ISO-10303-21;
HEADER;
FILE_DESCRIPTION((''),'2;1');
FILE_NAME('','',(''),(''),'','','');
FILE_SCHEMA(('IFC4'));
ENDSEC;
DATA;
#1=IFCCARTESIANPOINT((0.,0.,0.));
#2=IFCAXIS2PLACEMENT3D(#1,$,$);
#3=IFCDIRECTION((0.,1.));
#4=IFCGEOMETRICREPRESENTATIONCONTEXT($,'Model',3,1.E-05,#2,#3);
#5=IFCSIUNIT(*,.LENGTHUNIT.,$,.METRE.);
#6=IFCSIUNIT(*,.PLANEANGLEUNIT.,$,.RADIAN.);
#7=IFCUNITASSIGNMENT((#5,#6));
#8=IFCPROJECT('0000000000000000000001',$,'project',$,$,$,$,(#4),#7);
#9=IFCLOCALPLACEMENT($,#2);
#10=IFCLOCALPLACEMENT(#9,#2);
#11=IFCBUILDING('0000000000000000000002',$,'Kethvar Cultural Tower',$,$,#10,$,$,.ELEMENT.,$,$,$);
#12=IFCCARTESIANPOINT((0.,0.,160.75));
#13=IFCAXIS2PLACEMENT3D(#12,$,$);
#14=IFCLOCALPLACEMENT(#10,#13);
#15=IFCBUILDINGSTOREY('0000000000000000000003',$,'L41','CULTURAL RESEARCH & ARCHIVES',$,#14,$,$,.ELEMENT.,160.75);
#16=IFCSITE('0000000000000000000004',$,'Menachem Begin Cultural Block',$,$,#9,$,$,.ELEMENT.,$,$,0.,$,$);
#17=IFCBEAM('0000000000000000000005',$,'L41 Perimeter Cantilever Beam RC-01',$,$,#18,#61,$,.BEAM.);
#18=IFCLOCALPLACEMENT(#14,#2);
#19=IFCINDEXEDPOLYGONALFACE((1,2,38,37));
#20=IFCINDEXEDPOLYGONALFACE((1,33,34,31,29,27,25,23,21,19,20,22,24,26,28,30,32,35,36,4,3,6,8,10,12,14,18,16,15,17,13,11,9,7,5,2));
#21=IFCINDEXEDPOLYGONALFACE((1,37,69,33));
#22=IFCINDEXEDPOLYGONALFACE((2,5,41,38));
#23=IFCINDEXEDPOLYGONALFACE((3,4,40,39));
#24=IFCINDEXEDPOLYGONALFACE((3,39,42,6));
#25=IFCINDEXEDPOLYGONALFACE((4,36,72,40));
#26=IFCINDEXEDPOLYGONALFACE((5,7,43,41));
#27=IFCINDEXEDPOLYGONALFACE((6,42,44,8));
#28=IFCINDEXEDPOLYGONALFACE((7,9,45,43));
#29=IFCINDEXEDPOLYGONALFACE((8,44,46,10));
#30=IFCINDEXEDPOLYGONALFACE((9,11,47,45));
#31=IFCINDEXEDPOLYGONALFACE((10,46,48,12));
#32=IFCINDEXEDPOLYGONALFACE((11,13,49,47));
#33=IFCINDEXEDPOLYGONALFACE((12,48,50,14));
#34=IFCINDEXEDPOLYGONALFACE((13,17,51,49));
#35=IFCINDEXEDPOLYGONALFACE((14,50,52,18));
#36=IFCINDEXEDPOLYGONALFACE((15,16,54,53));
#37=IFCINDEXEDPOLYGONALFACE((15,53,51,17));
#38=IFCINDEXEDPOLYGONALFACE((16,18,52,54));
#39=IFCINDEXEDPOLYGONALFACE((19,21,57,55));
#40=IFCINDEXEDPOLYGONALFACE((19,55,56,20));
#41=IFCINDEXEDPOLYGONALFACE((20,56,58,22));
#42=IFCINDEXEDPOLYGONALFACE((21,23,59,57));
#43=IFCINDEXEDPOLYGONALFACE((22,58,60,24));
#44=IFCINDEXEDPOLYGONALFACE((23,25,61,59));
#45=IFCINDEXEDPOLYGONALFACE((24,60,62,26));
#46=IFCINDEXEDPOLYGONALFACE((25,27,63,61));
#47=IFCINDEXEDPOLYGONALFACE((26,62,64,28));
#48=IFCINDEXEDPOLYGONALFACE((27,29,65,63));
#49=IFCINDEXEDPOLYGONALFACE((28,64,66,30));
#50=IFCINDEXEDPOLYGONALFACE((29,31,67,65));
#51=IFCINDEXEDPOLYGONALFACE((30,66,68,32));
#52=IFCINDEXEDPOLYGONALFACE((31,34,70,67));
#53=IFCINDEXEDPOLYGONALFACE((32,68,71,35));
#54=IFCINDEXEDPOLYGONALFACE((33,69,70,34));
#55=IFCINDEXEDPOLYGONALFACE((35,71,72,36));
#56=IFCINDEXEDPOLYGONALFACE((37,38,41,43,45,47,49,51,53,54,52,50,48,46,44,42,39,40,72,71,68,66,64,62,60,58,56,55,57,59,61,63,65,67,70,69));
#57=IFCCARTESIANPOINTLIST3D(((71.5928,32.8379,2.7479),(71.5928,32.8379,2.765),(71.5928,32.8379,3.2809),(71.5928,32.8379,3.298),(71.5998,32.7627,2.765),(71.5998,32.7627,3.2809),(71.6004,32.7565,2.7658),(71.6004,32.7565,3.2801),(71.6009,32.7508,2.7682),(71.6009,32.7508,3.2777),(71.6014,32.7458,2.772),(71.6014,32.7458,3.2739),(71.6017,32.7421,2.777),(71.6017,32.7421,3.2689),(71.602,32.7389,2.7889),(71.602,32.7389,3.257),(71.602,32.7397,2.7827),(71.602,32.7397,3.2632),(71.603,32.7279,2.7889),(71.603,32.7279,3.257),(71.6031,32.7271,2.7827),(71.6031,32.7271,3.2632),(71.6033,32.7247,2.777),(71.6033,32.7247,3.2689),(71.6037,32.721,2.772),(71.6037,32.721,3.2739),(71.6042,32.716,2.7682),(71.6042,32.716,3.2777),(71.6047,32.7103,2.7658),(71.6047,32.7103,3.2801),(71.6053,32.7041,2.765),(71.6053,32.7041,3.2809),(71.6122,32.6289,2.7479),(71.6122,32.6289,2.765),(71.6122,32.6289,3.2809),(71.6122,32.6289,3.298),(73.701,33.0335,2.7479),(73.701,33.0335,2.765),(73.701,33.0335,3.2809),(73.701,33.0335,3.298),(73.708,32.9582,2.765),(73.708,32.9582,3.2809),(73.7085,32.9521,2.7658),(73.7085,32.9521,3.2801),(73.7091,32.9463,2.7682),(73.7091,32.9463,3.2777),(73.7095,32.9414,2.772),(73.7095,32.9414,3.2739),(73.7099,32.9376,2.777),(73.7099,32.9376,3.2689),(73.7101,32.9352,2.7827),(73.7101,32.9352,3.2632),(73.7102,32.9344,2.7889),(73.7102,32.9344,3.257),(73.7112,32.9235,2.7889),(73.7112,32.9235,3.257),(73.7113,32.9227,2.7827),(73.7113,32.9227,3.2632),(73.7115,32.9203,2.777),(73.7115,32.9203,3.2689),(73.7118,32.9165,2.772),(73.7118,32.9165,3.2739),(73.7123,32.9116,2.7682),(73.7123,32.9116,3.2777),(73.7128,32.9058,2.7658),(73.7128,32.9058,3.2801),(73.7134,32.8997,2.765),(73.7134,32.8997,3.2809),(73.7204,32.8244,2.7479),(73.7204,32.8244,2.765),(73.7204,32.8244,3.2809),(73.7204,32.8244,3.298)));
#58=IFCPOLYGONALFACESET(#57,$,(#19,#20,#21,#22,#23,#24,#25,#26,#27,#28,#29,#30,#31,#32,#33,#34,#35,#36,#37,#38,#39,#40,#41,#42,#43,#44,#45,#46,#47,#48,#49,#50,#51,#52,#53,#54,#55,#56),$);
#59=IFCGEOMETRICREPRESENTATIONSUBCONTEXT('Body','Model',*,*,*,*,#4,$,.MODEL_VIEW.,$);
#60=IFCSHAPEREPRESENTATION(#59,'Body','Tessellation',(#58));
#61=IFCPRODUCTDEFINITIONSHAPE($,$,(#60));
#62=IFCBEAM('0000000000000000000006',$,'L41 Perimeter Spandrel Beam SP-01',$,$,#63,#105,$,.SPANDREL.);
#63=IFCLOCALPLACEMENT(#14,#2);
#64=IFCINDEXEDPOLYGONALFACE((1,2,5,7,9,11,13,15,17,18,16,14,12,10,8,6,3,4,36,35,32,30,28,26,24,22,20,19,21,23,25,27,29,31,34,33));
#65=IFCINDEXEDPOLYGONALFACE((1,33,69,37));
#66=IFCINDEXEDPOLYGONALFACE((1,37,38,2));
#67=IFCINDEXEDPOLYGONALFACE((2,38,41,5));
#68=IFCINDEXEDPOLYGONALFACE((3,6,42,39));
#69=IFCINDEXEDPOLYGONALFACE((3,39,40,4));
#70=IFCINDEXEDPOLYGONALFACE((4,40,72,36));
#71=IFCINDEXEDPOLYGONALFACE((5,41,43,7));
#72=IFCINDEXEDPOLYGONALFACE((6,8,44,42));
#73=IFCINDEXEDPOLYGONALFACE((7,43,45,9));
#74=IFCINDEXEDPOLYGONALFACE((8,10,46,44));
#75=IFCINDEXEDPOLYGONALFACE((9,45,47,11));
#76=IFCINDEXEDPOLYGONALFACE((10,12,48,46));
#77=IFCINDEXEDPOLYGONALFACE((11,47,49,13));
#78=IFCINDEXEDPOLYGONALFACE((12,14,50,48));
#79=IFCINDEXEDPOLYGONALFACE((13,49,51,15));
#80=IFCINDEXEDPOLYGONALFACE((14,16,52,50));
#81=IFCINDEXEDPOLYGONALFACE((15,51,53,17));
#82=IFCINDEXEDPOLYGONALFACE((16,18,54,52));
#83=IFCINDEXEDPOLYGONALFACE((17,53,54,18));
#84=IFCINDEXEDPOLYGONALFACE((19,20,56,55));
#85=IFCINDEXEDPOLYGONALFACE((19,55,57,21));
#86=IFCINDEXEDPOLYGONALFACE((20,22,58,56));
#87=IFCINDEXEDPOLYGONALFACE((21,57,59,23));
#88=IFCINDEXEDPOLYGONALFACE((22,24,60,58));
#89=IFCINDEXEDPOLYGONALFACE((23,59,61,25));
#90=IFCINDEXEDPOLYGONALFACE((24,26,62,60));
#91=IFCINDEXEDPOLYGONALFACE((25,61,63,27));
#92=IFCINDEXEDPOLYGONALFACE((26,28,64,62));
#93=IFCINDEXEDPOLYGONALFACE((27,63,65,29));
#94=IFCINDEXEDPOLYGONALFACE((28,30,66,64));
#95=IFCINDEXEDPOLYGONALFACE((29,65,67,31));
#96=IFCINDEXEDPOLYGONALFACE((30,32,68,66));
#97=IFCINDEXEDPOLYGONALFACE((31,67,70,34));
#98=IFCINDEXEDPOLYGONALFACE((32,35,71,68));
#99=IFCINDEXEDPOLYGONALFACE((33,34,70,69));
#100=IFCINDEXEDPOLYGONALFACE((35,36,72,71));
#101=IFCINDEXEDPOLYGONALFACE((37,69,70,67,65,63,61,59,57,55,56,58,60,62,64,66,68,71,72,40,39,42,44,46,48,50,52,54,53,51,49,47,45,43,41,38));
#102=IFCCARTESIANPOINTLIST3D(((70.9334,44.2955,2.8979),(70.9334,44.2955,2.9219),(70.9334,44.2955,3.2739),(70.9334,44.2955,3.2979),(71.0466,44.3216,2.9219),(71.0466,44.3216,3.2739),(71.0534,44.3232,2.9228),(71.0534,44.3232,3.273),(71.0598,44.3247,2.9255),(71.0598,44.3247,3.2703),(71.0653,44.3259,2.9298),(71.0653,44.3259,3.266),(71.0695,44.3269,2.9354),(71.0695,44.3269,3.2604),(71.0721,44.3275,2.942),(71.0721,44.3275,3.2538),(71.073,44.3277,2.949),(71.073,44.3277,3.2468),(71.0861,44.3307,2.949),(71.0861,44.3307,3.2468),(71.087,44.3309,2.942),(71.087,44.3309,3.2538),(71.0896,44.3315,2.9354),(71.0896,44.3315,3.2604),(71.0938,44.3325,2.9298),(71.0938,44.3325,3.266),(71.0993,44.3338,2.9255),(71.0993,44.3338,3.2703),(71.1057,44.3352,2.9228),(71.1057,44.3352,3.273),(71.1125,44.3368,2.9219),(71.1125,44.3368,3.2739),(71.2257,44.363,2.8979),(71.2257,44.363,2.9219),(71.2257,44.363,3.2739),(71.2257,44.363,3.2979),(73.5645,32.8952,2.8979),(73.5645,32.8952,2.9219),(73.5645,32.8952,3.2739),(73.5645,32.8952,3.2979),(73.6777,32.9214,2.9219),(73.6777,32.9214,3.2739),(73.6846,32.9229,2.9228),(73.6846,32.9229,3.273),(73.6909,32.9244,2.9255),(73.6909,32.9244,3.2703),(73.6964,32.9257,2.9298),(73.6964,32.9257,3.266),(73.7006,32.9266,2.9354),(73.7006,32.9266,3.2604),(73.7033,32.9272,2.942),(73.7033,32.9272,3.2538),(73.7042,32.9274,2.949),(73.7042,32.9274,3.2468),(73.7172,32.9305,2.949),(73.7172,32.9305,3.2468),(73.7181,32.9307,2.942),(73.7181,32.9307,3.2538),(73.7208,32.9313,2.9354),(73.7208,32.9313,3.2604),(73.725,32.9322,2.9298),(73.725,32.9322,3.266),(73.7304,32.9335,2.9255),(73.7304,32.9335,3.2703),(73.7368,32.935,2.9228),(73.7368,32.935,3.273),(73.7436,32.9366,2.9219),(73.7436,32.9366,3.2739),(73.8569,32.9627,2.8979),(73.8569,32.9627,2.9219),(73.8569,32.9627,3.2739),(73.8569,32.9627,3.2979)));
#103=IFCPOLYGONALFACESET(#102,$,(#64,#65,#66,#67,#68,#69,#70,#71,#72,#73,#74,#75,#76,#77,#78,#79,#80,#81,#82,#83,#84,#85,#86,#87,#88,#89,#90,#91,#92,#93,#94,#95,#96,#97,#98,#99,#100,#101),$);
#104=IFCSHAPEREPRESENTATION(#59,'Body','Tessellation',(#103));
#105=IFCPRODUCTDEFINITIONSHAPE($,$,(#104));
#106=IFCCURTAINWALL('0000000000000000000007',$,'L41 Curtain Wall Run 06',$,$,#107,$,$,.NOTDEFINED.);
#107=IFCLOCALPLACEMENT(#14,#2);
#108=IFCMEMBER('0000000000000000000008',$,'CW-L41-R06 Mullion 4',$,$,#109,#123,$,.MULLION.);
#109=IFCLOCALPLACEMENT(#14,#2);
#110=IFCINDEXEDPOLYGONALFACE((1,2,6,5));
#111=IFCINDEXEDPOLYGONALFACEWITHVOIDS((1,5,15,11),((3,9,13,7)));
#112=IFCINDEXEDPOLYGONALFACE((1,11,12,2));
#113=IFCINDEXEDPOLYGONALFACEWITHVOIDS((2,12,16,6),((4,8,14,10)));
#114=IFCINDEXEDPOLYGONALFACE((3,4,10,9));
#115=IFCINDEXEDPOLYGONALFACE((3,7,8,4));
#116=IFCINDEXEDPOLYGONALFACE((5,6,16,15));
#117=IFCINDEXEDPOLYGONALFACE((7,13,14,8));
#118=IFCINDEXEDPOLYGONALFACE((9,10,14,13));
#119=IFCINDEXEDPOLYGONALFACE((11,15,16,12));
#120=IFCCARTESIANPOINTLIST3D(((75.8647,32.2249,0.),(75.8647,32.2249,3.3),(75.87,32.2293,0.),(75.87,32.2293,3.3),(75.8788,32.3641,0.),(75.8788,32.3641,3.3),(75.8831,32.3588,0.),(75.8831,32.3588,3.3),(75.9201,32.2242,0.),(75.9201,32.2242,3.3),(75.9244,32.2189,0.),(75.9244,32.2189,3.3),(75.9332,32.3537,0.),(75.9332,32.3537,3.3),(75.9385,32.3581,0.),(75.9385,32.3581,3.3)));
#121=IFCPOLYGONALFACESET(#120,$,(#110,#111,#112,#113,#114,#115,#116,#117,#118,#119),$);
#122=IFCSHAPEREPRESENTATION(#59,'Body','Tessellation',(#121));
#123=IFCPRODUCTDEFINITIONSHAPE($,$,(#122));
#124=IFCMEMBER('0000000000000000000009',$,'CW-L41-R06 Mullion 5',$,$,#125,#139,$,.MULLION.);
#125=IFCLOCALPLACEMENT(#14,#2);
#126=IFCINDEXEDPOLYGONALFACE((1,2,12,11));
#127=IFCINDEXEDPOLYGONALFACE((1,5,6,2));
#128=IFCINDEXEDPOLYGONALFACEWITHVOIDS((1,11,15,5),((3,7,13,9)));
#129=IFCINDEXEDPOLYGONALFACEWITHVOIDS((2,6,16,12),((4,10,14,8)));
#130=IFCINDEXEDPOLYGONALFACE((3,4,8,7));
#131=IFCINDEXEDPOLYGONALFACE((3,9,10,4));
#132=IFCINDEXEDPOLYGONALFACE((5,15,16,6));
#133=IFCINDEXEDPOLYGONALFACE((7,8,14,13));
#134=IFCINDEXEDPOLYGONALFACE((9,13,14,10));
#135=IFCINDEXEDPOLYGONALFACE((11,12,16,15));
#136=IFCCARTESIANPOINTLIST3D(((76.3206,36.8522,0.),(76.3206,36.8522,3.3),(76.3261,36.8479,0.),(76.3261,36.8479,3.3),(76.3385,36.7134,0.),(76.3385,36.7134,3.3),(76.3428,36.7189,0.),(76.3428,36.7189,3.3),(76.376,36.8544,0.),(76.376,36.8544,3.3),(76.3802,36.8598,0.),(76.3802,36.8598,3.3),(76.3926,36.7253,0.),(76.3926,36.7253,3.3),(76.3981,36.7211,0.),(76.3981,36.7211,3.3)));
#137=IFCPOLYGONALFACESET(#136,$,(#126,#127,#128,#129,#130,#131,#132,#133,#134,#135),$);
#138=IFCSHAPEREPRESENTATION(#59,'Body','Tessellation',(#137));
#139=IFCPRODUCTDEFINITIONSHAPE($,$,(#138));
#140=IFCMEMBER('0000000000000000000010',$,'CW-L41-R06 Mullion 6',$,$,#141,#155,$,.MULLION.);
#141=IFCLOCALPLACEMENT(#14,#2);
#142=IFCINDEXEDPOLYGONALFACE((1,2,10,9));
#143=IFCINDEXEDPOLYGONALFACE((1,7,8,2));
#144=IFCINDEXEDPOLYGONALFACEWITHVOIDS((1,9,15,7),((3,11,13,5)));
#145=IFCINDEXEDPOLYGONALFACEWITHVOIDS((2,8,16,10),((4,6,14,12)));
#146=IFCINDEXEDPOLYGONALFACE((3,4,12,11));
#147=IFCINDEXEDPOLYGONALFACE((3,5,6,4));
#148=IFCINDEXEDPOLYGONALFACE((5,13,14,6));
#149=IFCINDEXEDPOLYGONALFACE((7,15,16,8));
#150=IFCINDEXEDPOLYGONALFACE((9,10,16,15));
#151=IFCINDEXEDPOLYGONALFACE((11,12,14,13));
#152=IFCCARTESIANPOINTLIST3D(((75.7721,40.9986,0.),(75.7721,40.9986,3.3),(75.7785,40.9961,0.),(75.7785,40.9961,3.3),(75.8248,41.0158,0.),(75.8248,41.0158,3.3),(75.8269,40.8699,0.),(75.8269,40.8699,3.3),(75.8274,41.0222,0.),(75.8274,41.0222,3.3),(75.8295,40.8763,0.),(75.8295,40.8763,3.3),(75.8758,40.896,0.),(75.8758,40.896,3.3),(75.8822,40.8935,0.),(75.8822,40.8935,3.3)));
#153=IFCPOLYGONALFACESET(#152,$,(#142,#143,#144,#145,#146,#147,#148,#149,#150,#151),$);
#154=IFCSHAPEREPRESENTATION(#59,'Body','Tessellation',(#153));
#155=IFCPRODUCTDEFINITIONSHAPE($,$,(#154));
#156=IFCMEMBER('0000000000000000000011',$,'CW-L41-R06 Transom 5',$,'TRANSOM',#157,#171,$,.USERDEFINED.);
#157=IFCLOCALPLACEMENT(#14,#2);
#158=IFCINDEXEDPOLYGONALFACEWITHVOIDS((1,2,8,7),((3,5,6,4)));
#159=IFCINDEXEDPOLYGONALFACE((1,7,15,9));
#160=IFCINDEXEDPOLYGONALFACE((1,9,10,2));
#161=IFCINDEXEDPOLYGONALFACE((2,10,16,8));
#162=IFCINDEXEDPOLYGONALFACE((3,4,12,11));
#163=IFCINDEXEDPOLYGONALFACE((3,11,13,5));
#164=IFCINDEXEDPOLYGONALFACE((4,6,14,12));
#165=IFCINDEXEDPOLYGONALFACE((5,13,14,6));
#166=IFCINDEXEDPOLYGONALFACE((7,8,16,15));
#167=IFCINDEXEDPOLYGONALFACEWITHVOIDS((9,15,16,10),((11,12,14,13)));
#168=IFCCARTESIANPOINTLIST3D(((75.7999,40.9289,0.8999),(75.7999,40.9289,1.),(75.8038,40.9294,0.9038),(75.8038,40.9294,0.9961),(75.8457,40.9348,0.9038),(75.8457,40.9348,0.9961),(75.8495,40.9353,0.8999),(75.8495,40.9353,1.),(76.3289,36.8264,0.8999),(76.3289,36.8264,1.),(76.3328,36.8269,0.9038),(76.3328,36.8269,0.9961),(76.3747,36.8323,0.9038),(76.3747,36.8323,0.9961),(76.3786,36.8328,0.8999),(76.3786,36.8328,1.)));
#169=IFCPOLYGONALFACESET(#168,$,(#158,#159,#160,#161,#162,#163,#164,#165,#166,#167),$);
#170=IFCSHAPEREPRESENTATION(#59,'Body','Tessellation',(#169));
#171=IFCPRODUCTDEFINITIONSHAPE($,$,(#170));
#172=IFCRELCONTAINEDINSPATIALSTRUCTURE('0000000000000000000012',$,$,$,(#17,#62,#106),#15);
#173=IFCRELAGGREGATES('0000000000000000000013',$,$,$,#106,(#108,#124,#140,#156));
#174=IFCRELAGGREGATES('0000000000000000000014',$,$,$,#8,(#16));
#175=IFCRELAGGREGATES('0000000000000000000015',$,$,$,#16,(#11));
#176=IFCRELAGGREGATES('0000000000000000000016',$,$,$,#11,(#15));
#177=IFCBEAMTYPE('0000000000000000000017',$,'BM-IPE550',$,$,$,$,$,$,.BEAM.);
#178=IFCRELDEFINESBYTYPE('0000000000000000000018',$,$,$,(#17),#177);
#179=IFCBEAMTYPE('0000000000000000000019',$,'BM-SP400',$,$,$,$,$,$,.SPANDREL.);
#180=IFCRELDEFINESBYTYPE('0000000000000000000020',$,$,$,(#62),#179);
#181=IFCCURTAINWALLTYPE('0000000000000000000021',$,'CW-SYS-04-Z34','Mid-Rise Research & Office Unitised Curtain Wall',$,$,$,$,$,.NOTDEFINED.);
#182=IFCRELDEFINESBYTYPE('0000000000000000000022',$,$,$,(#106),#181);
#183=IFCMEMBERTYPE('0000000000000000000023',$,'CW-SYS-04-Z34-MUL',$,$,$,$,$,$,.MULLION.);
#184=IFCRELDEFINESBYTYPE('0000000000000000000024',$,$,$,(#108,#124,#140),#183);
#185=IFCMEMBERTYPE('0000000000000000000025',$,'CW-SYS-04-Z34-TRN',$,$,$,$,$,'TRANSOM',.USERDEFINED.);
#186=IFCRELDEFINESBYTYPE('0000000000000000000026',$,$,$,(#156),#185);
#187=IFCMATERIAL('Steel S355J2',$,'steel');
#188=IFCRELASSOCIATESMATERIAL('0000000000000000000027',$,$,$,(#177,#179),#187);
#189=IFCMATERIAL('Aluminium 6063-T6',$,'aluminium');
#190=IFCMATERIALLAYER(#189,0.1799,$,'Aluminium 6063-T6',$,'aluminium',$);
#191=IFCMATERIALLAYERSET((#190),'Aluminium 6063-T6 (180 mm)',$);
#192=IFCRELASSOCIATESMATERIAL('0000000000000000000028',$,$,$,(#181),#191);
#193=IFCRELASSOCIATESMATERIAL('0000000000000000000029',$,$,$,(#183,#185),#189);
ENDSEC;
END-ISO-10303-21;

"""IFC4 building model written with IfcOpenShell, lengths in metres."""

from ifc_helpers import new_model, si_unit, direction, frame, origin, origin_2d, place, context, subcontext, project, spatial, hollow_rectangle, i_section, extrude, source, transform, mapped, material, layer, layer_set, material_profile, profile_set, type_object, element, aggregate, save


model = new_model("IFC4")

# Units and contexts
model_context = context("Model", 3, precision=1e-05, world=origin(), true_north=direction((0.0, 1.0)))
body_context = subcontext(model_context, "Body", "Model", "MODEL_VIEW")
ifc_project = project(units=[si_unit("LENGTHUNIT", "METRE"), si_unit("PLANEANGLEUNIT", "RADIAN")], contexts=[model_context])

# Site, building, storey
site_placement = place(None, origin())
site = spatial("IfcSite", under=ifc_project, at=site_placement, Name="Menachem Begin Cultural Block", CompositionType="ELEMENT", RefElevation=0.0)
building_placement = place(site_placement, origin())
building = spatial("IfcBuilding", under=site, at=building_placement, Name="Kethvar Cultural Tower", CompositionType="ELEMENT")
storey_placement = place(building_placement, frame((0.0, 0.0, 160.75)))
storey = spatial("IfcBuildingStorey", under=building, at=storey_placement, Name="L41", Description="CULTURAL RESEARCH & ARCHIVES", CompositionType="ELEMENT", Elevation=160.75)

# Beams
ifc_material_1 = material(Name="Steel S355J2", Category="steel")
ifc_material_profile_1 = material_profile(ifc_material_1, i_section(OverallWidth=0.21, OverallDepth=0.55, WebThickness=0.011, FlangeThickness=0.0171, FilletRadius=0.0239, at=origin_2d()), Name="Steel S355J2 — IPE550")
ifc_profile_set_1 = profile_set([ifc_material_profile_1], Name="Steel S355J2 — IPE550")
beam_type_1 = type_object("IfcBeamType", Name="BM-IPE550", PredefinedType="BEAM", material=ifc_profile_set_1)
shared_shape_1 = source(origin(), body_context, "Body", "SweptSolid", [
    extrude(i_section(OverallWidth=0.21, OverallDepth=0.55, WebThickness=0.011, FlangeThickness=0.0171, FilletRadius=0.0239, at=origin_2d()), origin(), (0.0, 0.0, 1.0), 2.1172),
])
beam_1_placement = place(storey_placement, frame((71.6025, 32.7334, 3.0229), z_axis=(0.995725, 0.092365, 0.0), x_axis=(-0.092365, 0.995725, 0.0)))
element("IfcBeam", 1, at=beam_1_placement, inside=storey, type_object=beam_type_1, Name="L41 Perimeter Cantilever Beam RC-01", PredefinedType="BEAM", context=body_context, shape_type="MappedRepresentation", body=[
    mapped(shared_shape_1, transform((0.0, 0.0, 0.0), scale=1.0)),
])
ifc_material_profile_2 = material_profile(ifc_material_1, i_section(OverallWidth=0.3, OverallDepth=0.3999, WebThickness=0.0134, FlangeThickness=0.0239, FilletRadius=0.0271, at=origin_2d()), Name="Steel S355J2 — HEB400")
ifc_profile_set_2 = profile_set([ifc_material_profile_2], Name="Steel S355J2 — HEB400")
beam_type_2 = type_object("IfcBeamType", Name="BM-SP400", PredefinedType="SPANDREL", material=ifc_profile_set_2)
shared_shape_2 = source(origin(), body_context, "Body", "SweptSolid", [
    extrude(i_section(OverallWidth=0.3, OverallDepth=0.3999, WebThickness=0.0134, FlangeThickness=0.0239, FilletRadius=0.0271, at=origin_2d()), origin(), (0.0, 0.0, 1.0), 11.7),
])
beam_2_placement = place(storey_placement, frame((73.7107, 32.929, 3.0979), z_axis=(-0.224884, 0.974386, 0.0), x_axis=(-0.974386, -0.224884, 0.0)))
element("IfcBeam", 2, at=beam_2_placement, inside=storey, type_object=beam_type_2, Name="L41 Perimeter Spandrel Beam SP-01", PredefinedType="SPANDREL", context=body_context, shape_type="MappedRepresentation", body=[
    mapped(shared_shape_2, transform((0.0, 0.0, 0.0), scale=1.0)),
])

# Curtain wall, members
ifc_material_2 = material(Name="Aluminium 6063-T6", Category="aluminium")
ifc_layer_1 = layer(ifc_material_2, 0.1799, Name="Aluminium 6063-T6", Category="aluminium")
ifc_layer_set_1 = layer_set([ifc_layer_1], Name="Aluminium 6063-T6 (180 mm)")
curtain_wall_type = type_object("IfcCurtainWallType", Name="CW-SYS-04-Z34", Description="Mid-Rise Research & Office Unitised Curtain Wall", PredefinedType="NOTDEFINED", material=ifc_layer_set_1)
curtain_wall_placement = place(storey_placement, origin())
curtain_wall = element("IfcCurtainWall", 3, at=curtain_wall_placement, inside=storey, type_object=curtain_wall_type, Name="L41 Curtain Wall Run 06", PredefinedType="NOTDEFINED")
ifc_material_profile_3 = material_profile(ifc_material_2, hollow_rectangle(XDim=0.0601, YDim=0.1399, WallThickness=0.0049, at=origin_2d()), Name="Aluminium 6063-T6 — RHS140x60x5")
ifc_profile_set_3 = profile_set([ifc_material_profile_3], Name="Aluminium 6063-T6 — RHS140x60x5")
member_type_1 = type_object("IfcMemberType", Name="CW-SYS-04-Z34-MUL", PredefinedType="MULLION", material=ifc_profile_set_3)
shared_shape_3 = source(origin(), body_context, "Body", "SweptSolid", [
    extrude(hollow_rectangle(XDim=0.0601, YDim=0.1399, WallThickness=0.0049, at=origin_2d()), origin(), (0.0, 0.0, 1.0), 3.3),
])
member_1_placement = place(storey_placement, frame((75.9016, 32.2915, 0.0), z_axis=(0.0, 0.0, 1.0), x_axis=(-0.994923, 0.10064, 0.0)))
member_1 = element("IfcMember", 4, at=member_1_placement, type_object=member_type_1, Name="CW-L41-R06 Mullion 4", PredefinedType="MULLION", context=body_context, shape_type="MappedRepresentation", body=[
    mapped(shared_shape_3, transform((0.0, 0.0, 0.0), scale=1.0)),
])
member_2_placement = place(storey_placement, frame((76.3594, 36.7866, 0.0), z_axis=(0.0, 0.0, 1.0), x_axis=(-0.99179, -0.127878, 0.0)))
member_2 = element("IfcMember", 5, at=member_2_placement, type_object=member_type_1, Name="CW-L41-R06 Mullion 5", PredefinedType="MULLION", context=body_context, shape_type="MappedRepresentation", body=[
    mapped(shared_shape_3, transform((0.0, 0.0, 0.0), scale=1.0)),
])
member_3_placement = place(storey_placement, frame((75.8271, 40.946, 0.0), z_axis=(0.0, 0.0, 1.0), x_axis=(-0.920054, -0.391791, 0.0)))
member_3 = element("IfcMember", 6, at=member_3_placement, type_object=member_type_1, Name="CW-L41-R06 Mullion 6", PredefinedType="MULLION", context=body_context, shape_type="MappedRepresentation", body=[
    mapped(shared_shape_3, transform((0.0, 0.0, 0.0), scale=1.0)),
])
ifc_material_profile_4 = material_profile(ifc_material_2, hollow_rectangle(XDim=0.05, YDim=0.1001, WallThickness=0.0039, at=origin_2d()), Name="Aluminium 6063-T6 — RHS100x50x4")
ifc_profile_set_4 = profile_set([ifc_material_profile_4], Name="Aluminium 6063-T6 — RHS100x50x4")
member_type_2 = type_object("IfcMemberType", Name="CW-SYS-04-Z34-TRN", ElementType="TRANSOM", PredefinedType="USERDEFINED", material=ifc_profile_set_4)
shared_shape_4 = source(origin(), body_context, "Body", "SweptSolid", [
    extrude(hollow_rectangle(XDim=0.05, YDim=0.1001, WallThickness=0.0039, at=origin_2d()), origin(), (0.0, 0.0, 1.0), 4.1365),
])
member_4_placement = place(storey_placement, frame((76.3538, 36.8296, 0.95), z_axis=(-0.127898, 0.991787, 0.0), x_axis=(-0.991787, -0.127898, 0.0)))
member_4 = element("IfcMember", 7, at=member_4_placement, type_object=member_type_2, Name="CW-L41-R06 Transom 5", ObjectType="TRANSOM", PredefinedType="USERDEFINED", context=body_context, shape_type="MappedRepresentation", body=[
    mapped(shared_shape_4, transform((0.0, 0.0, 0.0), scale=1.0)),
])
aggregate(curtain_wall, [member_1, member_2, member_3, member_4])

save(model, "model.ifc")
